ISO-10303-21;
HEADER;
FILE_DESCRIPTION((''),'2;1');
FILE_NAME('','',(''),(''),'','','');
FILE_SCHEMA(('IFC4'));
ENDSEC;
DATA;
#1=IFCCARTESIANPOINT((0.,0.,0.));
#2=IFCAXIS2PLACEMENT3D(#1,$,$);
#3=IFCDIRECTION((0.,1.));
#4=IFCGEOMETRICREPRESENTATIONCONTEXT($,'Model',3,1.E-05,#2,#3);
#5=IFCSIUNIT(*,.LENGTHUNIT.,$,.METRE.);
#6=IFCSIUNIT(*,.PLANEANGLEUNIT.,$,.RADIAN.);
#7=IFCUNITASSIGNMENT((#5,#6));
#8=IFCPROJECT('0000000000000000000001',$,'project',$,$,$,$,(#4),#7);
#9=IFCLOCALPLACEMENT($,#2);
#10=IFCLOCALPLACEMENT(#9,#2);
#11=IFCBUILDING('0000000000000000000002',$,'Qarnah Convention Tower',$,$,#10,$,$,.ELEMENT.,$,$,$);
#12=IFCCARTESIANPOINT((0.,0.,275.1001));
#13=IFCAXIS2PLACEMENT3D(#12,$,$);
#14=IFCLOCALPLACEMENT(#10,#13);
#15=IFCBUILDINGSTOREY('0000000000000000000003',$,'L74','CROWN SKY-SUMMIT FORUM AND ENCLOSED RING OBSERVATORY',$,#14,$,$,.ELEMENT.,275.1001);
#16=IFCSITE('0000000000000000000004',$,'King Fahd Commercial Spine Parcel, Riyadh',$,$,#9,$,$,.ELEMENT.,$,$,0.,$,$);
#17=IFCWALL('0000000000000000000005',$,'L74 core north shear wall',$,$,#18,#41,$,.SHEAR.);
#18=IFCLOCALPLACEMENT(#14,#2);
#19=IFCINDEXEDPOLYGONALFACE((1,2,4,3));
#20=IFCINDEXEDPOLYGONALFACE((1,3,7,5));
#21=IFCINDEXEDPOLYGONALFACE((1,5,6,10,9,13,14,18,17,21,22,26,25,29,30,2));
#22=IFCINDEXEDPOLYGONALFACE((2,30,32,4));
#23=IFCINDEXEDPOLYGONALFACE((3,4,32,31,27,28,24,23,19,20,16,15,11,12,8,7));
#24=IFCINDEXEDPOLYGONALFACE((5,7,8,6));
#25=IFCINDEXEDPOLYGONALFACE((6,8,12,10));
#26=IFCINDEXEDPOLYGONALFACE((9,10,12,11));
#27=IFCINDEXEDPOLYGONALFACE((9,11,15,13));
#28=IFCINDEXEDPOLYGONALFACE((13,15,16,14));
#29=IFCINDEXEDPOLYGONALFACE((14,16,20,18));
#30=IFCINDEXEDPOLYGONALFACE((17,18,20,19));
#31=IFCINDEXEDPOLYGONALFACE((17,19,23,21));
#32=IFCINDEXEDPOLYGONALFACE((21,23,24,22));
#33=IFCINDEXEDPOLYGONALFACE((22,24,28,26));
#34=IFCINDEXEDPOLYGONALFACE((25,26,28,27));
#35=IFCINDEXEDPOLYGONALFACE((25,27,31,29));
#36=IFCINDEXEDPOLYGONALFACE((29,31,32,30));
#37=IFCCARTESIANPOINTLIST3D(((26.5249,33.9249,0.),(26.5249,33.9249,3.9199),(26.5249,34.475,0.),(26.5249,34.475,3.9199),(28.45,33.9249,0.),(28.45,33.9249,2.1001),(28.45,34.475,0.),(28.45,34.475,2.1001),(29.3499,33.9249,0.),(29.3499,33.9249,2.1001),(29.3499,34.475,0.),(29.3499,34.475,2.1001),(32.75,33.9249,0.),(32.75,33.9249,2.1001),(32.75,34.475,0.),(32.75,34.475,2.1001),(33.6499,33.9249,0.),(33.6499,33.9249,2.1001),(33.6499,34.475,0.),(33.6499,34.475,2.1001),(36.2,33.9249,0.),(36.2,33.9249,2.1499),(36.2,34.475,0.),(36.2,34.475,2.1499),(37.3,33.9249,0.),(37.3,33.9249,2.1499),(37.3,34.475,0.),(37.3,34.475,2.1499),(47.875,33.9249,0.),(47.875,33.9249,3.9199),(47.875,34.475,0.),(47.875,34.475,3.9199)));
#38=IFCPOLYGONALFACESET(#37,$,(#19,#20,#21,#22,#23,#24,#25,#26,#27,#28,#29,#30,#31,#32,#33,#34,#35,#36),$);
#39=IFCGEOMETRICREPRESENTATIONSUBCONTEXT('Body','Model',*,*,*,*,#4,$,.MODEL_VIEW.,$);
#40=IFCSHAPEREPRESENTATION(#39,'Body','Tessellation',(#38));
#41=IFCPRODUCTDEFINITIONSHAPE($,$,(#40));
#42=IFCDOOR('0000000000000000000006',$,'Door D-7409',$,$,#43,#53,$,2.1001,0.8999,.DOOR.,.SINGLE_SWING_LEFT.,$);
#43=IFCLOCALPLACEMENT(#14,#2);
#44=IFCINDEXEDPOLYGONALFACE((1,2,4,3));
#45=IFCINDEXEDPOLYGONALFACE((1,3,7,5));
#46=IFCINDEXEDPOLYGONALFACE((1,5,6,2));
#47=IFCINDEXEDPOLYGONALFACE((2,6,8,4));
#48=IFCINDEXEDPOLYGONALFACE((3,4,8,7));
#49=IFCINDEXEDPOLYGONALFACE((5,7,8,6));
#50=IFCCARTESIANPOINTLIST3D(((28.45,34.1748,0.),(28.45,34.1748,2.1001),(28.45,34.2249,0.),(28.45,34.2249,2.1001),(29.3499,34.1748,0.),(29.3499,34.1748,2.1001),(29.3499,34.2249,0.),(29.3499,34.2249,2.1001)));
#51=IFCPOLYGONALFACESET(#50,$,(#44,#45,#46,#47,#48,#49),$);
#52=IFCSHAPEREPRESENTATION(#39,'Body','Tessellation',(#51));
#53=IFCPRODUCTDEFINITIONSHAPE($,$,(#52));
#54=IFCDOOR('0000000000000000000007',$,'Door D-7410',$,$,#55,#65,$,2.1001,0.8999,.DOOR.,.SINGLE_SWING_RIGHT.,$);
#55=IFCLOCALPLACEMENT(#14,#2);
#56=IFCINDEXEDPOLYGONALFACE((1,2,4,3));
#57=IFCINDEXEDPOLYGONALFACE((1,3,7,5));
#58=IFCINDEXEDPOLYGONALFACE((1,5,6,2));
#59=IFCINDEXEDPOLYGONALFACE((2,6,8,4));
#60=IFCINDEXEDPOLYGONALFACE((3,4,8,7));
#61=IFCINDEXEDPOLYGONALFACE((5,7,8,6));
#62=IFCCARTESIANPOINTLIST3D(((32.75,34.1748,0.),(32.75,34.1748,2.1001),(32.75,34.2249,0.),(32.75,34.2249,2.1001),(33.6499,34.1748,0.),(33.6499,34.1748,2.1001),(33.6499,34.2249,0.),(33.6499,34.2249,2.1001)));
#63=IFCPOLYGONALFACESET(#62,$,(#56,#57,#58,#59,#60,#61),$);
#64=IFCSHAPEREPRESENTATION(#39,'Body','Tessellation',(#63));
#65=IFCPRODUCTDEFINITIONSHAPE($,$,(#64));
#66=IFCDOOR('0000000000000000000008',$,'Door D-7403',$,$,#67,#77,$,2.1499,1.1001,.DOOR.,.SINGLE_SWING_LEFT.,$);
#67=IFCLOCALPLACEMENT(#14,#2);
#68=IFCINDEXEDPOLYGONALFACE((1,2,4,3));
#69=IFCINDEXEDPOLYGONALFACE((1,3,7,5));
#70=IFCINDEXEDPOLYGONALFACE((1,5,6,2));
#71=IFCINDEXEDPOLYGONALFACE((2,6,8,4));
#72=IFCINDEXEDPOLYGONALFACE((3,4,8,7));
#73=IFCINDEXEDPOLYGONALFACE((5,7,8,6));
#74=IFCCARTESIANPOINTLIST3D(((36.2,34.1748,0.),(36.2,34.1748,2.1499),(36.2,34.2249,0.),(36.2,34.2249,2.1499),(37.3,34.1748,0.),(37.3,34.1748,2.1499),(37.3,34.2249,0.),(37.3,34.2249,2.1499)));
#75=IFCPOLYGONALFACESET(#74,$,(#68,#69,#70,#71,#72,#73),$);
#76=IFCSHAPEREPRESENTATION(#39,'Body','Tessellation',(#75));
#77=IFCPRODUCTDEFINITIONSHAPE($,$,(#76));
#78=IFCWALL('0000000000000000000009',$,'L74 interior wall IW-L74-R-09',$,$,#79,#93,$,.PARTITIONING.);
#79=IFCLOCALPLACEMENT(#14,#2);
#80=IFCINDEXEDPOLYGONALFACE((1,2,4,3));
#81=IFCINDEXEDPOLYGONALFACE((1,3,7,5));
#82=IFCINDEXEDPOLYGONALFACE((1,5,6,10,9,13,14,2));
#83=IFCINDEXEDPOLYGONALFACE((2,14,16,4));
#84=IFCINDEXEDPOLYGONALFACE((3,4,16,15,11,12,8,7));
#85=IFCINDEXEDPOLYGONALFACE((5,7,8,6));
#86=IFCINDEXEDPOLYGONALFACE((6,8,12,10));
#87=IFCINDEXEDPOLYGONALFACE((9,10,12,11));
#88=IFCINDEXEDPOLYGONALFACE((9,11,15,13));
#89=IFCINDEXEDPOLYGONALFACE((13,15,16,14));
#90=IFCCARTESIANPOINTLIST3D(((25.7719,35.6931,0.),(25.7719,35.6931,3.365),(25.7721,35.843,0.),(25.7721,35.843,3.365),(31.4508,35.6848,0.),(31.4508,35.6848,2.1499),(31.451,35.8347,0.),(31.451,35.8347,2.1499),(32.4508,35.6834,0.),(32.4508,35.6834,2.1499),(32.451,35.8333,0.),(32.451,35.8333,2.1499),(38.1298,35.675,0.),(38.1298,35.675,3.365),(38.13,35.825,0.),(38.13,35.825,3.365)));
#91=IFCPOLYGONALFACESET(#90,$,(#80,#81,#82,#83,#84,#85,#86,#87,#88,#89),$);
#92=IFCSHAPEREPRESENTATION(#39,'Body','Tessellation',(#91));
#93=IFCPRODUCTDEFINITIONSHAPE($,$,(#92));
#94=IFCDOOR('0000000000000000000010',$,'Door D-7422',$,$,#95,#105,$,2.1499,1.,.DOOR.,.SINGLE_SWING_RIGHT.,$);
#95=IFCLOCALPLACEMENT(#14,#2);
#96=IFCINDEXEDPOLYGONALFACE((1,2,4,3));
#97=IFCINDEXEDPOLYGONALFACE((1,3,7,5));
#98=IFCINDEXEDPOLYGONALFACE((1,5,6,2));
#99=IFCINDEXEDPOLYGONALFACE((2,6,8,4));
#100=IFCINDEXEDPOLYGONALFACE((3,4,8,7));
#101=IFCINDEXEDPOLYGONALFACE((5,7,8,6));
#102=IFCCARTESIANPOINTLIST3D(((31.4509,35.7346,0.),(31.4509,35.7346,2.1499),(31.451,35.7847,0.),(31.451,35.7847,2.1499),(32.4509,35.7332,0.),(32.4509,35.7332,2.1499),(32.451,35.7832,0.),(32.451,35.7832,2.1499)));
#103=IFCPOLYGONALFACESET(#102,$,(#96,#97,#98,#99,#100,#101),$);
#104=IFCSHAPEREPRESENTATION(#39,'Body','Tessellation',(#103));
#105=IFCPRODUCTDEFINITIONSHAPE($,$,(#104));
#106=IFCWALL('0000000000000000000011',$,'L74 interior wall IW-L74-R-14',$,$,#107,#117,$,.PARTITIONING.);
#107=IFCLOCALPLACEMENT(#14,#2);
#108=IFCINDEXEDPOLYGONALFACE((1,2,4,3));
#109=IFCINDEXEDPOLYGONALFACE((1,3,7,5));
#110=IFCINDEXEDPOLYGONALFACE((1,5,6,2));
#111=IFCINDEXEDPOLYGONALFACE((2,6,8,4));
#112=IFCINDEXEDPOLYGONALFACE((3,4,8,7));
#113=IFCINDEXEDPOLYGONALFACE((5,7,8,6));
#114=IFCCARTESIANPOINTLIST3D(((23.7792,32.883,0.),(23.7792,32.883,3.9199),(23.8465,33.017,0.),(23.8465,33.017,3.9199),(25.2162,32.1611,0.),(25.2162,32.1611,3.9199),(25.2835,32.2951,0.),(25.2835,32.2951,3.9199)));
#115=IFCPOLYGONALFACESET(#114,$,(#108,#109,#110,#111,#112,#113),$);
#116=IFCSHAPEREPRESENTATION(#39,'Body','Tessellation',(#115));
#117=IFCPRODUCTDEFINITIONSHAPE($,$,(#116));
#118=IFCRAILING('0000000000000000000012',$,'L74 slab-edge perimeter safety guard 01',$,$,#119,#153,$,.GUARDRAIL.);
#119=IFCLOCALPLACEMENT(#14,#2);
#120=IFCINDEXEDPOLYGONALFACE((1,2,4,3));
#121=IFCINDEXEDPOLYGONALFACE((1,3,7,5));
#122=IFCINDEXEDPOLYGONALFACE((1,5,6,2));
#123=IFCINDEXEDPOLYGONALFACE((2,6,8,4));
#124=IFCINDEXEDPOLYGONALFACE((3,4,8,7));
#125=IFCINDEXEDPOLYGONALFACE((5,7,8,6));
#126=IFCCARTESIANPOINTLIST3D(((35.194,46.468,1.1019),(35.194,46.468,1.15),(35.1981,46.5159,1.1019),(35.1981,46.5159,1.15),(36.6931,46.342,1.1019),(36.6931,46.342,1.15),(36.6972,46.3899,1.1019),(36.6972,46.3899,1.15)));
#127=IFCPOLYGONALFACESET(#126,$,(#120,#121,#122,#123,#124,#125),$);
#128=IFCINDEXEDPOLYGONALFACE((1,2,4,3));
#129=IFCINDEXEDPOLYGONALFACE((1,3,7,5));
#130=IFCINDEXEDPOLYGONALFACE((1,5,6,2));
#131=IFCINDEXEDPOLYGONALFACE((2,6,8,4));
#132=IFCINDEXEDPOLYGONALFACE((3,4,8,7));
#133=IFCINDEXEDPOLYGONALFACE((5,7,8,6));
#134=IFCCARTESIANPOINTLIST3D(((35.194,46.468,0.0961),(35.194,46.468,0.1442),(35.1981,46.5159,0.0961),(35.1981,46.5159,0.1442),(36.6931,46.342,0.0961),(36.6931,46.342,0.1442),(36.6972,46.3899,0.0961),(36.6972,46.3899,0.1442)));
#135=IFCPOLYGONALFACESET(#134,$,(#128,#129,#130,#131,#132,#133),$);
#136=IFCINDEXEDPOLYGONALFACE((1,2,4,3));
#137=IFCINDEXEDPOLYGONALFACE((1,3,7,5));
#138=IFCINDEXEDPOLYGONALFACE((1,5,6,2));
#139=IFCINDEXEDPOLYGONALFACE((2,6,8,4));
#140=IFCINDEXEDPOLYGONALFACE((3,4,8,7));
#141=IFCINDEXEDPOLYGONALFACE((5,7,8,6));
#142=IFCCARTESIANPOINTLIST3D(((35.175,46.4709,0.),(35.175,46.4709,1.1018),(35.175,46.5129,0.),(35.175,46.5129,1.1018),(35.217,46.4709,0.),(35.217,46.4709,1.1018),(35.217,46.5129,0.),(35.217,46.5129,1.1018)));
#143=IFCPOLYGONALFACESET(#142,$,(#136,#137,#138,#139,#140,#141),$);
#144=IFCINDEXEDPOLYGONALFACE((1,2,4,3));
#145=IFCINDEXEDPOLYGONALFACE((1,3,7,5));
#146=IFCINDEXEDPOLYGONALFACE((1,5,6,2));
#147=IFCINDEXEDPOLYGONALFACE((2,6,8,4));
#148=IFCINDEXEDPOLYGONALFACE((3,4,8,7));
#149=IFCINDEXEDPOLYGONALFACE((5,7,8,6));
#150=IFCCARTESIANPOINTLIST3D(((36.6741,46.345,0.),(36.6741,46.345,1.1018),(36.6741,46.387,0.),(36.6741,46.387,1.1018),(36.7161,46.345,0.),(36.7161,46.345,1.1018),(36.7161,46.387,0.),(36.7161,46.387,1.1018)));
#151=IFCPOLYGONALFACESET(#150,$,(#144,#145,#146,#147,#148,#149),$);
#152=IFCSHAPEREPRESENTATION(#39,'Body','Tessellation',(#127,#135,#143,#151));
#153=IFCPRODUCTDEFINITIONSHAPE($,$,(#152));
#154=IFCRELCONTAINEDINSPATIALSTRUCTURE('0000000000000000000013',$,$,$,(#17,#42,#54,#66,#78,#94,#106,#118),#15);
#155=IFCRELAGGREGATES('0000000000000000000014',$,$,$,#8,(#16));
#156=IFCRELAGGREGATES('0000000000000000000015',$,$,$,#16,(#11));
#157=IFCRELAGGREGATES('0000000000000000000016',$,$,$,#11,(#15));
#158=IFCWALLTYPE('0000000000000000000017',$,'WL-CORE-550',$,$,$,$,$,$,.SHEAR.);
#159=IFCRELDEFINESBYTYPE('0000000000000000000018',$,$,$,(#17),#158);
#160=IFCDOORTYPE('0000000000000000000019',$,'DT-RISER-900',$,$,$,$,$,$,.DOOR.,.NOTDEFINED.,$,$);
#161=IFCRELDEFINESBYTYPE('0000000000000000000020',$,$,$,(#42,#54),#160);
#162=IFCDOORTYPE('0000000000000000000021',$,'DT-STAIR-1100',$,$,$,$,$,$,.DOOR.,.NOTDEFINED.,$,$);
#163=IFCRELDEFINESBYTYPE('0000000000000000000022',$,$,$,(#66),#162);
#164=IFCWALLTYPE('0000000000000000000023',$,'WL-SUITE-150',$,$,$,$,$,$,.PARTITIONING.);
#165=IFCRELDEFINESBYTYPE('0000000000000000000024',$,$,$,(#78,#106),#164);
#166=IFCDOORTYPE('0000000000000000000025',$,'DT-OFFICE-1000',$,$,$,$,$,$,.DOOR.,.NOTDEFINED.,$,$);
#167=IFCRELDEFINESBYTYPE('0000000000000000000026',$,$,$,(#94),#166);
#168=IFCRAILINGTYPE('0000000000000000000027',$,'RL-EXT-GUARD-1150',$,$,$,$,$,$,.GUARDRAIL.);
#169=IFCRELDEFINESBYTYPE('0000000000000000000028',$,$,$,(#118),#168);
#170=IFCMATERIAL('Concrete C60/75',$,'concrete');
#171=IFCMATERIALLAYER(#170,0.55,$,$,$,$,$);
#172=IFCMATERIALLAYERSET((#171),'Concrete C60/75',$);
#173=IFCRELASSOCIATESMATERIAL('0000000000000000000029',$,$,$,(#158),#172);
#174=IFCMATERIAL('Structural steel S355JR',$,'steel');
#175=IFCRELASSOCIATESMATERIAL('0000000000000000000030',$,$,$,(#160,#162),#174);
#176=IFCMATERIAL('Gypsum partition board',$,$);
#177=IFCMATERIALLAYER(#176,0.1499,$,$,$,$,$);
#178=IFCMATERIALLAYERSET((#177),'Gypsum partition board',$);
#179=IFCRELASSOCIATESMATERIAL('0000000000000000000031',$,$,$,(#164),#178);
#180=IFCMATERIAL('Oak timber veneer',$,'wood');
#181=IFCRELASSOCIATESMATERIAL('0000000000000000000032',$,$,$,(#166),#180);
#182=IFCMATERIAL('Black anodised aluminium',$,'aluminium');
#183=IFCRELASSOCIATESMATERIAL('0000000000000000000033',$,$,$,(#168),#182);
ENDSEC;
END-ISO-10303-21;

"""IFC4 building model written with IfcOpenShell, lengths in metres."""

from ifc_helpers import new_model, si_unit, direction, frame, frame_2d, origin, origin_2d, place, context, subcontext, project, spatial, rectangle, extrude, material, layer, layer_set, type_object, element, fill, save


model = new_model("IFC4")

# Units and contexts
model_context = context("Model", 3, precision=1e-05, world=origin(), true_north=direction((0.0, 1.0)))
body_context = subcontext(model_context, "Body", "Model", "MODEL_VIEW")
ifc_project = project(units=[si_unit("LENGTHUNIT", "METRE"), si_unit("PLANEANGLEUNIT", "RADIAN")], contexts=[model_context])

# Site, building, storey
site_placement = place(None, origin())
site = spatial("IfcSite", under=ifc_project, at=site_placement, Name="King Fahd Commercial Spine Parcel, Riyadh", CompositionType="ELEMENT", RefElevation=0.0)
building_placement = place(site_placement, origin())
building = spatial("IfcBuilding", under=site, at=building_placement, Name="Qarnah Convention Tower", CompositionType="ELEMENT")
storey_placement = place(building_placement, frame((0.0, 0.0, 275.1001)))
storey = spatial("IfcBuildingStorey", under=building, at=storey_placement, Name="L74", Description="CROWN SKY-SUMMIT FORUM AND ENCLOSED RING OBSERVATORY", CompositionType="ELEMENT", Elevation=275.1001)

# Shared definitions
ifc_material_1 = material(Name="Structural steel S355JR", Category="steel")

# Shared definitions
ifc_material_2 = material(Name="Black anodised aluminium", Category="aluminium")

# Wall, openings, doors
ifc_material_3 = material(Name="Concrete C60/75", Category="concrete")
ifc_layer_1 = layer(ifc_material_3, 0.55)
ifc_layer_set_1 = layer_set([ifc_layer_1], Name="Concrete C60/75")
wall_type_1 = type_object("IfcWallType", Name="WL-CORE-550", PredefinedType="SHEAR", material=ifc_layer_set_1)
wall_1_placement = place(storey_placement, frame((26.5249, 34.2, 0.0), z_axis=(0.0, 0.0, 1.0), x_axis=(1.0, 0.0, 0.0)))
wall_1 = element("IfcWall", 1, at=wall_1_placement, inside=storey, type_object=wall_type_1, Name="L74 core north shear wall", PredefinedType="SHEAR", context=body_context, shape_type="SweptSolid", body=[
    extrude(rectangle(XDim=21.3501, YDim=0.55, at=frame_2d((10.675, 0.0))), origin(), (0.0, 0.0, 1.0), 3.9199),
])
opening_1_placement = place(wall_1_placement, frame((9.675, 0.0, 0.0)))
opening_1 = element("IfcOpeningElement", 2, at=opening_1_placement, cuts=wall_1, PredefinedType="OPENING", context=body_context, shape_type="SweptSolid", body=[
    extrude(rectangle(XDim=1.1001, YDim=2.1499, at=frame_2d((0.55, 1.075))), frame((0.0, 0.2849, 0.0), z_axis=(0.0, -1.0, 0.0), x_axis=(1.0, 0.0, 0.0)), (0.0, 0.0, 1.0), 0.5701),
])
opening_2_placement = place(wall_1_placement, frame((1.925, 0.0, 0.0)))
opening_2 = element("IfcOpeningElement", 3, at=opening_2_placement, cuts=wall_1, PredefinedType="OPENING", context=body_context, shape_type="SweptSolid", body=[
    extrude(rectangle(XDim=0.8999, YDim=2.1001, at=frame_2d((0.45, 1.05))), frame((0.0, 0.2849, 0.0), z_axis=(0.0, -1.0, 0.0), x_axis=(1.0, 0.0, 0.0)), (0.0, 0.0, 1.0), 0.5701),
])
opening_3_placement = place(wall_1_placement, frame((6.2251, 0.0, 0.0)))
opening_3 = element("IfcOpeningElement", 4, at=opening_3_placement, cuts=wall_1, PredefinedType="OPENING", context=body_context, shape_type="SweptSolid", body=[
    extrude(rectangle(XDim=0.8999, YDim=2.1001, at=frame_2d((0.45, 1.05))), frame((0.0, 0.2849, 0.0), z_axis=(0.0, -1.0, 0.0), x_axis=(1.0, 0.0, 0.0)), (0.0, 0.0, 1.0), 0.5701),
])
door_type_1 = type_object("IfcDoorType", Name="DT-RISER-900", OperationType="NOTDEFINED", PredefinedType="DOOR", material=ifc_material_1)
door_1_placement = place(opening_2_placement, origin())
door_1 = element("IfcDoor", 5, at=door_1_placement, inside=storey, type_object=door_type_1, Name="Door D-7409", OperationType="SINGLE_SWING_LEFT", OverallHeight=2.1001, OverallWidth=0.8999, PredefinedType="DOOR", context=body_context, shape_type="SweptSolid", body=[
    extrude(rectangle(XDim=0.8999, YDim=2.1001, at=frame_2d((0.45, 1.05))), frame((0.0, 0.0249, 0.0), z_axis=(0.0, -1.0, 0.0), x_axis=(1.0, 0.0, 0.0)), (0.0, 0.0, 1.0), 0.05),
])
fill(opening_2, door_1)
door_2_placement = place(opening_3_placement, origin())
door_2 = element("IfcDoor", 6, at=door_2_placement, inside=storey, type_object=door_type_1, Name="Door D-7410", OperationType="SINGLE_SWING_RIGHT", OverallHeight=2.1001, OverallWidth=0.8999, PredefinedType="DOOR", context=body_context, shape_type="SweptSolid", body=[
    extrude(rectangle(XDim=0.8999, YDim=2.1001, at=frame_2d((0.45, 1.05))), frame((0.0, 0.0249, 0.0), z_axis=(0.0, -1.0, 0.0), x_axis=(1.0, 0.0, 0.0)), (0.0, 0.0, 1.0), 0.05),
])
fill(opening_3, door_2)
door_type_2 = type_object("IfcDoorType", Name="DT-STAIR-1100", OperationType="NOTDEFINED", PredefinedType="DOOR", material=ifc_material_1)
door_3_placement = place(opening_1_placement, origin())
door_3 = element("IfcDoor", 7, at=door_3_placement, inside=storey, type_object=door_type_2, Name="Door D-7403", OperationType="SINGLE_SWING_LEFT", OverallHeight=2.1499, OverallWidth=1.1001, PredefinedType="DOOR", context=body_context, shape_type="SweptSolid", body=[
    extrude(rectangle(XDim=1.1001, YDim=2.1499, at=frame_2d((0.55, 1.075))), frame((0.0, 0.0249, 0.0), z_axis=(0.0, -1.0, 0.0), x_axis=(1.0, 0.0, 0.0)), (0.0, 0.0, 1.0), 0.05),
])
fill(opening_1, door_3)

# Wall, opening, door
ifc_material_4 = material(Name="Gypsum partition board")
ifc_layer_2 = layer(ifc_material_4, 0.1499)
ifc_layer_set_2 = layer_set([ifc_layer_2], Name="Gypsum partition board")
wall_type_2 = type_object("IfcWallType", Name="WL-SUITE-150", PredefinedType="PARTITIONING", material=ifc_layer_set_2)
wall_2_placement = place(storey_placement, frame((25.772, 35.7681, 0.0), z_axis=(0.0, 0.0, 1.0), x_axis=(0.999999, -0.001462, 0.0)))
wall_2 = element("IfcWall", 8, at=wall_2_placement, inside=storey, type_object=wall_type_2, Name="L74 interior wall IW-L74-R-09", PredefinedType="PARTITIONING", context=body_context, shape_type="SweptSolid", body=[
    extrude(rectangle(XDim=12.3579, YDim=0.1499, at=frame_2d((6.179, 0.0))), origin(), (0.0, 0.0, 1.0), 3.365),
])
opening_4_placement = place(wall_2_placement, frame((5.679, 0.0, 0.0)))
opening_4 = element("IfcOpeningElement", 9, at=opening_4_placement, cuts=wall_2, PredefinedType="OPENING", context=body_context, shape_type="SweptSolid", body=[
    extrude(rectangle(XDim=1.0, YDim=2.1499, at=frame_2d((0.5, 1.075))), frame((0.0, 0.085, 0.0), z_axis=(0.0, -1.0, 0.0), x_axis=(1.0, 0.0, 0.0)), (0.0, 0.0, 1.0), 0.1699),
])
ifc_material_5 = material(Name="Oak timber veneer", Category="wood")
door_type_3 = type_object("IfcDoorType", Name="DT-OFFICE-1000", OperationType="NOTDEFINED", PredefinedType="DOOR", material=ifc_material_5)
door_4_placement = place(opening_4_placement, origin())
door_4 = element("IfcDoor", 10, at=door_4_placement, inside=storey, type_object=door_type_3, Name="Door D-7422", OperationType="SINGLE_SWING_RIGHT", OverallHeight=2.1499, OverallWidth=1.0, PredefinedType="DOOR", context=body_context, shape_type="SweptSolid", body=[
    extrude(rectangle(XDim=1.0, YDim=2.1499, at=frame_2d((0.5, 1.075))), frame((0.0, 0.0249, 0.0), z_axis=(0.0, -1.0, 0.0), x_axis=(1.0, 0.0, 0.0)), (0.0, 0.0, 1.0), 0.05),
])
fill(opening_4, door_4)

# Wall
wall_3_placement = place(storey_placement, frame((25.25, 32.228, 0.0), z_axis=(0.0, 0.0, 1.0), x_axis=(-0.893575, 0.448913, 0.0)))
element("IfcWall", 11, at=wall_3_placement, inside=storey, type_object=wall_type_2, Name="L74 interior wall IW-L74-R-14", PredefinedType="PARTITIONING", context=body_context, shape_type="SweptSolid", body=[
    extrude(rectangle(XDim=1.6082, YDim=0.1499, at=frame_2d((0.8042, 0.0))), origin(), (0.0, 0.0, 1.0), 3.9199),
])

# Railing
railing_type = type_object("IfcRailingType", Name="RL-EXT-GUARD-1150", PredefinedType="GUARDRAIL", material=ifc_material_2)
railing_1_placement = place(storey_placement, frame((35.196, 46.4919, 0.0)))
element("IfcRailing", 12, at=railing_1_placement, inside=storey, type_object=railing_type, Name="L74 slab-edge perimeter safety guard 01", PredefinedType="GUARDRAIL", context=body_context, shape_type="SweptSolid", body=[
    extrude(rectangle(XDim=0.0481, YDim=0.0481, at=origin_2d()), frame((0.0, 0.0, 1.126), z_axis=(0.996487, -0.083744, 0.0), x_axis=(0.083744, 0.996487, 0.0)), (0.0, 0.0, 1.0), 1.5044),
    extrude(rectangle(XDim=0.0481, YDim=0.0481, at=origin_2d()), frame((0.0, 0.0, 0.1201), z_axis=(0.996487, -0.083744, 0.0), x_axis=(0.083744, 0.996487, 0.0)), (0.0, 0.0, 1.0), 1.5044),
    extrude(rectangle(XDim=0.042, YDim=0.042, at=origin_2d()), origin(), (0.0, 0.0, 1.0), 1.1018),
    extrude(rectangle(XDim=0.042, YDim=0.042, at=origin_2d()), frame((1.499, -0.126, 0.0)), (0.0, 0.0, 1.0), 1.1018),
])

save(model, "model.ifc")
